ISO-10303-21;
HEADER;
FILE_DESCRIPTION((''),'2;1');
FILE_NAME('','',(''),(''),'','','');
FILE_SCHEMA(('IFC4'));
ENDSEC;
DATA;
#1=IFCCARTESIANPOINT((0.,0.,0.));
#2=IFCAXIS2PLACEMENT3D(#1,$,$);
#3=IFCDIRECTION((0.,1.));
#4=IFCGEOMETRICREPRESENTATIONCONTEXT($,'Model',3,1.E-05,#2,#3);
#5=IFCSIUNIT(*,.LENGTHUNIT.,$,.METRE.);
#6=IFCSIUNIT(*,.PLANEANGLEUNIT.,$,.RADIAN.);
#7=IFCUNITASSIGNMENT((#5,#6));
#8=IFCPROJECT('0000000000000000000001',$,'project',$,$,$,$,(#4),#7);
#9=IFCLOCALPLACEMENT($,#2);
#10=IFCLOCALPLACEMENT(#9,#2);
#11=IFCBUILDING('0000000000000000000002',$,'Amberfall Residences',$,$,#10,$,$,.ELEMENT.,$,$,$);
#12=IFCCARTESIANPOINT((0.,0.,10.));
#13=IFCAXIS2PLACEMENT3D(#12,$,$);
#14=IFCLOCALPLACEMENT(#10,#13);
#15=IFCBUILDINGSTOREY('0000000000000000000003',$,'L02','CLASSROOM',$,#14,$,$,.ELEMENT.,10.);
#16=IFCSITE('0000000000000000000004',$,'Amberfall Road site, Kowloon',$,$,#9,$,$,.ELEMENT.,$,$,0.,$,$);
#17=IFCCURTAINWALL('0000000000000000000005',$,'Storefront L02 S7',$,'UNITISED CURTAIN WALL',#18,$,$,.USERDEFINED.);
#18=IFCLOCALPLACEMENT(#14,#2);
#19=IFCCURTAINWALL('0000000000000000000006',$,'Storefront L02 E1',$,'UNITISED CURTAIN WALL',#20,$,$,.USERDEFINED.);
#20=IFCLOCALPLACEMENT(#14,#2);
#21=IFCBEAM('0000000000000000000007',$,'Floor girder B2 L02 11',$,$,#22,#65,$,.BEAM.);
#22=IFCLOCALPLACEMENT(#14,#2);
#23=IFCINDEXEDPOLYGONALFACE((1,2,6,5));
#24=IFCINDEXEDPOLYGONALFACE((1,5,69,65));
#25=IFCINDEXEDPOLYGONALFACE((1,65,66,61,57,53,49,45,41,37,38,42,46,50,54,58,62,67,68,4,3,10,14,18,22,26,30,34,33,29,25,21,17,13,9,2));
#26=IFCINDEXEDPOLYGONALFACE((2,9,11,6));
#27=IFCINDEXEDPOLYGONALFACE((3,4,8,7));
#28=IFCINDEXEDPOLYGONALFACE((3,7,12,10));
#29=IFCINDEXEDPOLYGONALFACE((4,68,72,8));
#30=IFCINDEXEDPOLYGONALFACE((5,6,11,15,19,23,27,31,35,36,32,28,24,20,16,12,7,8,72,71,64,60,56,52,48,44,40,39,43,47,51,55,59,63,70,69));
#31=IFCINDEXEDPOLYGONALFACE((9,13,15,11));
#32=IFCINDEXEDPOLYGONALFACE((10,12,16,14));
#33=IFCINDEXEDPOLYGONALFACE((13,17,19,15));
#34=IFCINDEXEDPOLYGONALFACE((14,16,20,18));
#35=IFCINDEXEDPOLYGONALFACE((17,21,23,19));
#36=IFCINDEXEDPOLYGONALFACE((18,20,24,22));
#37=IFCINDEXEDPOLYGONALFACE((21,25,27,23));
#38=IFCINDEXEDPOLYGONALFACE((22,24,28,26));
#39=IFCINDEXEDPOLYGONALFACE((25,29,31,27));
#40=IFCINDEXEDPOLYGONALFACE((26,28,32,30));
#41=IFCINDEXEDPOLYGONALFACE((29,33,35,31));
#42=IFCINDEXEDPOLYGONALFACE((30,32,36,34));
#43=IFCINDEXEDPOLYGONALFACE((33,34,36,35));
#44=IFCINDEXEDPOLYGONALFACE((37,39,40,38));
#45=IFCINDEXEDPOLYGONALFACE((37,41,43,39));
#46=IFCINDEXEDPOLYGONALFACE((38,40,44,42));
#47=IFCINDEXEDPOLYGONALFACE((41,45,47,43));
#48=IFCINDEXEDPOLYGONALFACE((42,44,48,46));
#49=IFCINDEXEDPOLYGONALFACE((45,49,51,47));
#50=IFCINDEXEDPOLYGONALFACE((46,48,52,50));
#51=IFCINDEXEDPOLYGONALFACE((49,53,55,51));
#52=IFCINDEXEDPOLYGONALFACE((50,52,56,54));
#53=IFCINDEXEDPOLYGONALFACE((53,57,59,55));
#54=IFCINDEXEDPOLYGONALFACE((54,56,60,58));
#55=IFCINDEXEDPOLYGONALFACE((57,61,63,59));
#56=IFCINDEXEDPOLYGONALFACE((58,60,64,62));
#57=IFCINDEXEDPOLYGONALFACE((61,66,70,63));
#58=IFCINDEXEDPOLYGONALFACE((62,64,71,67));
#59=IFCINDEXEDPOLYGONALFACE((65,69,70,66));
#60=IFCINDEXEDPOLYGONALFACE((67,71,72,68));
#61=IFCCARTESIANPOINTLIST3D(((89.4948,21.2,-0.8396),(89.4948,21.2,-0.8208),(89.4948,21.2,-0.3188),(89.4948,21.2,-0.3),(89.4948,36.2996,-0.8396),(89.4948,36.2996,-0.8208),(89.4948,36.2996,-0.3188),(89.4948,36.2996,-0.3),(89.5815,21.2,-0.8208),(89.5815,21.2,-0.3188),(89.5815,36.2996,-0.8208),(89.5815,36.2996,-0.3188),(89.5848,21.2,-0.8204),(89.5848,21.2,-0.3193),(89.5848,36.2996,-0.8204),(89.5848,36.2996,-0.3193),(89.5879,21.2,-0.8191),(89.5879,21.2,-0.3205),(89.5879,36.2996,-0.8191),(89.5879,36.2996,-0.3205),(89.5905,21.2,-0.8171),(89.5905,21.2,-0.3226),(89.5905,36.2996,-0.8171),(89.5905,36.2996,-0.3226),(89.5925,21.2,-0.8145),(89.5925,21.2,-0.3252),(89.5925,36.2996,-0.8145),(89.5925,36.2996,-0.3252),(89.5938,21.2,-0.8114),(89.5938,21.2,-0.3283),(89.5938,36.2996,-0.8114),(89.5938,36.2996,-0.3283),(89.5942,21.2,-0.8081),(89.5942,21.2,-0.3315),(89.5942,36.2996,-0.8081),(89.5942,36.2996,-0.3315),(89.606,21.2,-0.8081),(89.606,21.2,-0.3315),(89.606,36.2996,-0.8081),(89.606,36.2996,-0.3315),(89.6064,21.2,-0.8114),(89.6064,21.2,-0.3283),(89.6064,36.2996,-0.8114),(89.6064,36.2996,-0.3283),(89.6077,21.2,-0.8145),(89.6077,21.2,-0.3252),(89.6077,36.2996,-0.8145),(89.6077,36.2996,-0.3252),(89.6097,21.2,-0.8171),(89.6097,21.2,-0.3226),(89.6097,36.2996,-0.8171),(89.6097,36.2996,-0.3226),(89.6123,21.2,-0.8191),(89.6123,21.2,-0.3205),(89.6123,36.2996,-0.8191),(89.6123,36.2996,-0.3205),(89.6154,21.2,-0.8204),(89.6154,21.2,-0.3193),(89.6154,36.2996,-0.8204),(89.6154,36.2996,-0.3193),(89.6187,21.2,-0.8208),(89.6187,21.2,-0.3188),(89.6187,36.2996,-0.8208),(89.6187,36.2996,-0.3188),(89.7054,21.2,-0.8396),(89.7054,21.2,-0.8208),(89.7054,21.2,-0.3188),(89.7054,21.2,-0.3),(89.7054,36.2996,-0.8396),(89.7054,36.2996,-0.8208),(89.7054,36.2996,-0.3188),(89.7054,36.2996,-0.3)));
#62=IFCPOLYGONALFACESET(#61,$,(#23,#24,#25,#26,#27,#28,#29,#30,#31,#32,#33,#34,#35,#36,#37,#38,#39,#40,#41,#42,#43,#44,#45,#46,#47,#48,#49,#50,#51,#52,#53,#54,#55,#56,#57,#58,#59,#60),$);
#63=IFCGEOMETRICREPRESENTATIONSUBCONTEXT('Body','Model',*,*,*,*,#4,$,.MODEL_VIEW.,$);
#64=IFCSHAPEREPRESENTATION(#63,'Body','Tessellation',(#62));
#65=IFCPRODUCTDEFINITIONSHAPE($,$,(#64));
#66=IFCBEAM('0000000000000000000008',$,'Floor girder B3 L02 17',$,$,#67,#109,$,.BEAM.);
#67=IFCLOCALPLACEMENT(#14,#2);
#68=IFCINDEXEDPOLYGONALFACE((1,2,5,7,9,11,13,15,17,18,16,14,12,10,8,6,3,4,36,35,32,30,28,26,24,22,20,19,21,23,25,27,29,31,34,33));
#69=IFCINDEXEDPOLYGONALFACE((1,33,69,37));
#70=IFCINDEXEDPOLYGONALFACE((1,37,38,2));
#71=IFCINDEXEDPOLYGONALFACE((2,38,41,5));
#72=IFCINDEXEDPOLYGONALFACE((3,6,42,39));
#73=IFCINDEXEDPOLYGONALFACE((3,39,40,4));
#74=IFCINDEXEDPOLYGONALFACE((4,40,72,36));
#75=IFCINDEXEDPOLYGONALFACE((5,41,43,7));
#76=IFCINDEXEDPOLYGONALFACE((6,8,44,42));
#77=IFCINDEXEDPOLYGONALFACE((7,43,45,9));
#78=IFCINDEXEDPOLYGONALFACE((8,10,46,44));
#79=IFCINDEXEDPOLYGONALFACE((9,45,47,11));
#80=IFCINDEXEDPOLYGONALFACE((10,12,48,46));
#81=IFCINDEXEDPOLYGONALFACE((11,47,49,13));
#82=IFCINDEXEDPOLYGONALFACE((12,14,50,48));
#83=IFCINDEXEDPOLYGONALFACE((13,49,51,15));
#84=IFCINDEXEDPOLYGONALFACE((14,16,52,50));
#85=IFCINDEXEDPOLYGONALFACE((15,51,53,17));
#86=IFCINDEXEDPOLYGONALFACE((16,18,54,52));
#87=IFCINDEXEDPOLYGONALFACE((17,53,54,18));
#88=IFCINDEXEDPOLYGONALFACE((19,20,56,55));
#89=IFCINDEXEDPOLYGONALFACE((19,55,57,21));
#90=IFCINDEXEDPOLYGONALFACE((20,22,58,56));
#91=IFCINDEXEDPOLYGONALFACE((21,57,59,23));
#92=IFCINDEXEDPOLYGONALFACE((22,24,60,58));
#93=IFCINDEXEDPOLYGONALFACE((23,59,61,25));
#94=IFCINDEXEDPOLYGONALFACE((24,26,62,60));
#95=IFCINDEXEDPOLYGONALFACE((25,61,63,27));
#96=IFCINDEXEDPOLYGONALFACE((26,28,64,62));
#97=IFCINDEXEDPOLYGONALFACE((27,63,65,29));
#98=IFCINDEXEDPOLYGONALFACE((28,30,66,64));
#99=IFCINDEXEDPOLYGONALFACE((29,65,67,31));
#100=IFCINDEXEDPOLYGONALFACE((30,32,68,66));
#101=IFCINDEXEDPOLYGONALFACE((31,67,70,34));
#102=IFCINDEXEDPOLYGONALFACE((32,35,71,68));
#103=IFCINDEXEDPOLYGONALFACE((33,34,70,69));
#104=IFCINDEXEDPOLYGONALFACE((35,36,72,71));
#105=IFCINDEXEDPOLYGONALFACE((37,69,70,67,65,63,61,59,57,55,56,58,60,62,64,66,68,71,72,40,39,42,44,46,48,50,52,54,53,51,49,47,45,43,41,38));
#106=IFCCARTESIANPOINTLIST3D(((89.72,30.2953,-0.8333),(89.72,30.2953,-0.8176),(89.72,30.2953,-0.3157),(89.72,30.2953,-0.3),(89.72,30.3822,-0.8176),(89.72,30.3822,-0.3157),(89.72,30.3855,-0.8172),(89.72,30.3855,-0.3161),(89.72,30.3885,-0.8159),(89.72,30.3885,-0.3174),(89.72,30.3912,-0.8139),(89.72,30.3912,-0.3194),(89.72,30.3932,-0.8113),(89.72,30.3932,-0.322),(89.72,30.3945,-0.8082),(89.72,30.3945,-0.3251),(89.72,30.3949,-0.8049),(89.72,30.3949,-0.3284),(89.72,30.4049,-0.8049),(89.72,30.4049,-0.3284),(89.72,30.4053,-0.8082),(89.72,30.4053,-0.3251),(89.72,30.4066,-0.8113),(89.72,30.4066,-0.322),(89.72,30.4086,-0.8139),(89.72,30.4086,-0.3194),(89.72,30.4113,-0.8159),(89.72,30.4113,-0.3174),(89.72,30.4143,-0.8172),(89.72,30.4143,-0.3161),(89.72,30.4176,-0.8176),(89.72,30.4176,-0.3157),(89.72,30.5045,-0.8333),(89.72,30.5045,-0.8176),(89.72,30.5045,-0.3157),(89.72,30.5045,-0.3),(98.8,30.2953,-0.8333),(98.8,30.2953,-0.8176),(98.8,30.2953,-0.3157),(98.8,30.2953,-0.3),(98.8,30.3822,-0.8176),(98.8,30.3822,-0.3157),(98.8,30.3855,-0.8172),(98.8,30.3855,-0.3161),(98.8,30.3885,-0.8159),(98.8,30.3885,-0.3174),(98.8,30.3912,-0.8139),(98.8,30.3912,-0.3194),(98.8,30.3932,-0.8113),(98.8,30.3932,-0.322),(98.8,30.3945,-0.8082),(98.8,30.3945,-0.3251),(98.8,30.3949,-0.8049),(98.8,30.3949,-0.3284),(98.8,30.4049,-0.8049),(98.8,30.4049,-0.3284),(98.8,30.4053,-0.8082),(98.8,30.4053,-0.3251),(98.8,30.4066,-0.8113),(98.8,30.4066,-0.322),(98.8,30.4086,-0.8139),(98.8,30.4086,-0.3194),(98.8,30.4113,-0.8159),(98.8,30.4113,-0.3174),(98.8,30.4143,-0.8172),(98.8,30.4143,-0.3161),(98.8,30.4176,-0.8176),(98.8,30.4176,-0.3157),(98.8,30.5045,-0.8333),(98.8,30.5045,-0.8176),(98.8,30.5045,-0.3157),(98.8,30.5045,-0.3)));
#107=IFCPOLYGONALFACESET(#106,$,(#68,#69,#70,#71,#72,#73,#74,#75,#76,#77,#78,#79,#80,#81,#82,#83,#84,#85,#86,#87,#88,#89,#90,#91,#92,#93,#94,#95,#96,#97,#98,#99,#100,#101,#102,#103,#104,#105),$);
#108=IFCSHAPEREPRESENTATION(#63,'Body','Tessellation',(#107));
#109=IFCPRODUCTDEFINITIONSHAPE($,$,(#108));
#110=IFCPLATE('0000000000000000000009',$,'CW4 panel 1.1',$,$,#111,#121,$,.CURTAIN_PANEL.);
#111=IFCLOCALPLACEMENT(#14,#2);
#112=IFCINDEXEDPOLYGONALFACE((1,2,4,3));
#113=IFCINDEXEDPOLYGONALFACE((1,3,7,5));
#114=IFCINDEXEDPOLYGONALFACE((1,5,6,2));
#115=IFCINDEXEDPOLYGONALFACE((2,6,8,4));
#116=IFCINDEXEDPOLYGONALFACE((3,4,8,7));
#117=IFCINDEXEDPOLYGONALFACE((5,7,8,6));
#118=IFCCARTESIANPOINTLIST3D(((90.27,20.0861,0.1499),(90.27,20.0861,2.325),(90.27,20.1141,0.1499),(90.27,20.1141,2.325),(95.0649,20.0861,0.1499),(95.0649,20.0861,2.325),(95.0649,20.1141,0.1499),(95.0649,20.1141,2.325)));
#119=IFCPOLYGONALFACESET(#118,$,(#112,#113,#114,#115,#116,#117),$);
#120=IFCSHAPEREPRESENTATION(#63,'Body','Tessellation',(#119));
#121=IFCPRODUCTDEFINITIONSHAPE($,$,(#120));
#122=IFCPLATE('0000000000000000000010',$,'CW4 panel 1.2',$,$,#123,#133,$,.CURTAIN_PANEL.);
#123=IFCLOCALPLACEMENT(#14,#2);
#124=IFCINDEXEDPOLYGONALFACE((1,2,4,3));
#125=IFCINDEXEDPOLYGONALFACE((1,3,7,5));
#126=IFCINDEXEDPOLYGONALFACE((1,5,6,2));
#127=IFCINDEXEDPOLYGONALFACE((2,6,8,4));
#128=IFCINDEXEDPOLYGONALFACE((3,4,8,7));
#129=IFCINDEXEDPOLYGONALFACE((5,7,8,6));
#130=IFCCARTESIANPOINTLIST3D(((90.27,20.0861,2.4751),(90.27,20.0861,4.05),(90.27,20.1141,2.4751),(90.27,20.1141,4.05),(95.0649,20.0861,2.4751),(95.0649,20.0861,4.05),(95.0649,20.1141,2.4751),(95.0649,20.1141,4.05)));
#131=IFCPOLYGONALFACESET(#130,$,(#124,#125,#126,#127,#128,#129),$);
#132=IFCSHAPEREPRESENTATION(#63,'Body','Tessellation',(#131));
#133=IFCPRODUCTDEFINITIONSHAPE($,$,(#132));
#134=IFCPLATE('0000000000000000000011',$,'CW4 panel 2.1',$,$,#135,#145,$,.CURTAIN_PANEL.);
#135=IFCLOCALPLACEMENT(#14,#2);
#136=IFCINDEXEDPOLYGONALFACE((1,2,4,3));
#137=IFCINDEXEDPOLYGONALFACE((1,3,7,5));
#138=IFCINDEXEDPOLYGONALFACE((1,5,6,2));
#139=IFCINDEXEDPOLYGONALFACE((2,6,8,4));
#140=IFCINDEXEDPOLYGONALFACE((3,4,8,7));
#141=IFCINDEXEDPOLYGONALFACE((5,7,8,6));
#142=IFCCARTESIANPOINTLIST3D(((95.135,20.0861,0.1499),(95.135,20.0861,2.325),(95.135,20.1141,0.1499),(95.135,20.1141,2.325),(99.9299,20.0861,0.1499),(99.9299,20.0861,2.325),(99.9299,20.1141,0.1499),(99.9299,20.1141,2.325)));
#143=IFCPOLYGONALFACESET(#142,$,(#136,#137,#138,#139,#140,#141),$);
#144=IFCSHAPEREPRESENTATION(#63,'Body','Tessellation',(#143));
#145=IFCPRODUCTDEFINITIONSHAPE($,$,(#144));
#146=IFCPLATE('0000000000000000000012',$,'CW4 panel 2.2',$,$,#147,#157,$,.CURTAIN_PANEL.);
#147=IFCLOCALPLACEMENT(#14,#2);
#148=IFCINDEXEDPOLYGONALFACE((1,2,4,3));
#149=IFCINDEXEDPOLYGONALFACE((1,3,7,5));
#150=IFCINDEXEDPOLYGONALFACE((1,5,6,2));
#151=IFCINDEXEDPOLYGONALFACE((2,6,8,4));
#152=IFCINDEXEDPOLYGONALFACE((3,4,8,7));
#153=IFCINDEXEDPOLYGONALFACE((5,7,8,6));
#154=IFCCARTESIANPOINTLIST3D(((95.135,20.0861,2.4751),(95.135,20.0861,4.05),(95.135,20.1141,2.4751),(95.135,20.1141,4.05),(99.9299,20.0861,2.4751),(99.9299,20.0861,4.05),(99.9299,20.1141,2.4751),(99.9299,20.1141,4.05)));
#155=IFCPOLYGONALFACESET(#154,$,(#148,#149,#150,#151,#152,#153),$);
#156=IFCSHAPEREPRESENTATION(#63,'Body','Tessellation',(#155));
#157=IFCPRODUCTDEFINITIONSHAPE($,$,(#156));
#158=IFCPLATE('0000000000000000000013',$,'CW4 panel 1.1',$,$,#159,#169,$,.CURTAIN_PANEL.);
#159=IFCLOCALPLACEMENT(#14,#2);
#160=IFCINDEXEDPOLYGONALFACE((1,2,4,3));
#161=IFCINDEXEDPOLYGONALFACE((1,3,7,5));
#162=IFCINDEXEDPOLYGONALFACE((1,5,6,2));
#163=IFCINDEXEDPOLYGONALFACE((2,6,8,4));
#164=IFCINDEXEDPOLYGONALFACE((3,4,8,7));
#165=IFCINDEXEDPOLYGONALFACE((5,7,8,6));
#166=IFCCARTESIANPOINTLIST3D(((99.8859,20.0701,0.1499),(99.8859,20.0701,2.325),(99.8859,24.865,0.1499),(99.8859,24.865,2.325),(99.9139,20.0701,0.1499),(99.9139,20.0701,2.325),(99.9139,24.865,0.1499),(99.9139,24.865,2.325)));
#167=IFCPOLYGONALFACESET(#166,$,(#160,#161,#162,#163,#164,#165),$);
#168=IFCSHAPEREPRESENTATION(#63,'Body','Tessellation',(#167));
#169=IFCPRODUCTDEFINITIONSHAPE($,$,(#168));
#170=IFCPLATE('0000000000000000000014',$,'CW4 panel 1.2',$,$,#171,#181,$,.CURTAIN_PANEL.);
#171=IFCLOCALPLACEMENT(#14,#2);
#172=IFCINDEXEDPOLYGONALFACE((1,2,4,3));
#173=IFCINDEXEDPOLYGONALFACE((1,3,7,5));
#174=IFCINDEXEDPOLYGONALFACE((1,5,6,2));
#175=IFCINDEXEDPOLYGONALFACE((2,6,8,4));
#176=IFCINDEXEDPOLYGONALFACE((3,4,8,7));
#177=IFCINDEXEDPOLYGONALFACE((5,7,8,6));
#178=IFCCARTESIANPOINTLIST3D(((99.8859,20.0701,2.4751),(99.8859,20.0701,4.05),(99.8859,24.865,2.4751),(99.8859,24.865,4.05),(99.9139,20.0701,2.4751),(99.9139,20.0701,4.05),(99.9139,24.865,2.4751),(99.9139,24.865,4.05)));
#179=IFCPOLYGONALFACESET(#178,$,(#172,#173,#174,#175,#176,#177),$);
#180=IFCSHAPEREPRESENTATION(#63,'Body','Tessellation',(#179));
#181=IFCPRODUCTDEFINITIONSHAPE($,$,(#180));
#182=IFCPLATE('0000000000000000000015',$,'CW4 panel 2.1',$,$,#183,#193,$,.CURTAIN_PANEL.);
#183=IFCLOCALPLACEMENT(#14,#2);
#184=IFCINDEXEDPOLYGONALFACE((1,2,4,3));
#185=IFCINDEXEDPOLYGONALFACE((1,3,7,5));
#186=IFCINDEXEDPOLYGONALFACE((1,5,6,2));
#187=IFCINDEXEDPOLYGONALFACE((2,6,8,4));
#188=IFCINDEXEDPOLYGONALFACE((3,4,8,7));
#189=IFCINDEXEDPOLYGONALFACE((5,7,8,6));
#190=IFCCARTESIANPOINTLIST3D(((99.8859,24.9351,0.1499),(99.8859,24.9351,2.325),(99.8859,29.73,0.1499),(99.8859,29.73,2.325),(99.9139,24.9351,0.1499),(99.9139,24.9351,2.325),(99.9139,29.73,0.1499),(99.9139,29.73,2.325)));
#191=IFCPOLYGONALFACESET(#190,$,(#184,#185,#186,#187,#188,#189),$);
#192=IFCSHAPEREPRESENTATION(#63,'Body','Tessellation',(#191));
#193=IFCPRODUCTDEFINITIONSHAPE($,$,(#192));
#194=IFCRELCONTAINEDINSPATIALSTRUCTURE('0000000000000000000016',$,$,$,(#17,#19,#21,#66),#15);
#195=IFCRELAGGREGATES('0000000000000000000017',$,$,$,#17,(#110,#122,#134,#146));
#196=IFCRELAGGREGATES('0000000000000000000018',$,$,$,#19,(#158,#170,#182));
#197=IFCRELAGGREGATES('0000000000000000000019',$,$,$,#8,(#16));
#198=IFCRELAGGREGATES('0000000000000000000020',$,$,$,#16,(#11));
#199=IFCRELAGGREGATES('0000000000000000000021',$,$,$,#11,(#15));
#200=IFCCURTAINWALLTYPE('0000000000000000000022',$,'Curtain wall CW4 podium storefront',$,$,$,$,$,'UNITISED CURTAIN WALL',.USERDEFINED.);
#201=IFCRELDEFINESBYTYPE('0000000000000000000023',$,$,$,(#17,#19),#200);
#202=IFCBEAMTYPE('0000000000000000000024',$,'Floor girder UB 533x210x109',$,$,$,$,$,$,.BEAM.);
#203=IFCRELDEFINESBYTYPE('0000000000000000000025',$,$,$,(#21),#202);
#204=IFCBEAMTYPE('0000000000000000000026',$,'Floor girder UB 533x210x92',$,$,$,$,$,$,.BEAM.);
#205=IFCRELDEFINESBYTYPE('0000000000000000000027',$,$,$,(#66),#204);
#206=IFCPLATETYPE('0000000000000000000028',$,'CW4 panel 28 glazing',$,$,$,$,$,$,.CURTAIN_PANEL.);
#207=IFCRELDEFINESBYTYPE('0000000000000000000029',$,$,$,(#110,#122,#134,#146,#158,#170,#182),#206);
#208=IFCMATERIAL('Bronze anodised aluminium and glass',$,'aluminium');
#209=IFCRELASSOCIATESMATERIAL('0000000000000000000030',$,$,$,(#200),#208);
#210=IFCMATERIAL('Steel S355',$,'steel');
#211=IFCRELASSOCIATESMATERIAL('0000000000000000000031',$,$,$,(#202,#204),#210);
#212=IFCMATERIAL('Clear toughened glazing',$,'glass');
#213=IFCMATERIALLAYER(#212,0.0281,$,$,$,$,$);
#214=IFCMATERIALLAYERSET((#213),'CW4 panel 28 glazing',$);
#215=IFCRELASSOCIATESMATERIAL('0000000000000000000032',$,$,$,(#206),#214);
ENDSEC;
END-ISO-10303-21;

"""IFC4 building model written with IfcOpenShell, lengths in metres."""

from ifc_helpers import new_model, si_unit, direction, frame, origin, origin_2d, place, context, subcontext, project, spatial, rectangle, i_section, extrude, material, layer, layer_set, material_profile, profile_set, type_object, element, aggregate, save


model = new_model("IFC4")

# Units and contexts
model_context = context("Model", 3, precision=1e-05, world=origin(), true_north=direction((0.0, 1.0)))
body_context = subcontext(model_context, "Body", "Model", "MODEL_VIEW")
ifc_project = project(units=[si_unit("LENGTHUNIT", "METRE"), si_unit("PLANEANGLEUNIT", "RADIAN")], contexts=[model_context])

# Site, building, storey
site_placement = place(None, origin())
site = spatial("IfcSite", under=ifc_project, at=site_placement, Name="Amberfall Road site, Kowloon", CompositionType="ELEMENT", RefElevation=0.0)
building_placement = place(site_placement, origin())
building = spatial("IfcBuilding", under=site, at=building_placement, Name="Amberfall Residences", CompositionType="ELEMENT")
storey_placement = place(building_placement, frame((0.0, 0.0, 10.0)))
storey = spatial("IfcBuildingStorey", under=building, at=storey_placement, Name="L02", Description="CLASSROOM", CompositionType="ELEMENT", Elevation=10.0)

# Curtain walls
ifc_material_1 = material(Name="Bronze anodised aluminium and glass", Category="aluminium")
curtain_wall_type = type_object("IfcCurtainWallType", Name="Curtain wall CW4 podium storefront", ElementType="UNITISED CURTAIN WALL", PredefinedType="USERDEFINED", material=ifc_material_1)
curtain_wall_1_placement = place(storey_placement, origin())
curtain_wall_1 = element("IfcCurtainWall", 1, at=curtain_wall_1_placement, inside=storey, type_object=curtain_wall_type, Name="Storefront L02 S7", ObjectType="UNITISED CURTAIN WALL", PredefinedType="USERDEFINED")
curtain_wall_2_placement = place(storey_placement, origin())
curtain_wall_2 = element("IfcCurtainWall", 2, at=curtain_wall_2_placement, inside=storey, type_object=curtain_wall_type, Name="Storefront L02 E1", ObjectType="UNITISED CURTAIN WALL", PredefinedType="USERDEFINED")

# Beams
ifc_material_2 = material(Name="Steel S355", Category="steel")
ifc_material_profile_1 = material_profile(ifc_material_2, i_section(OverallWidth=0.2107, OverallDepth=0.5396, WebThickness=0.0117, FlangeThickness=0.0188, FilletRadius=0.0127, at=origin_2d()), Name="UB 533x210x109")
ifc_profile_set_1 = profile_set([ifc_material_profile_1], Name="Steel S355")
beam_type_1 = type_object("IfcBeamType", Name="Floor girder UB 533x210x109", PredefinedType="BEAM", material=ifc_profile_set_1)
beam_1_placement = place(storey_placement, frame((89.6001, 21.2, -0.5698), z_axis=(0.0, 1.0, 0.0), x_axis=(-1.0, 0.0, 0.0)))
element("IfcBeam", 3, at=beam_1_placement, inside=storey, type_object=beam_type_1, Name="Floor girder B2 L02 11", PredefinedType="BEAM", context=body_context, shape_type="SweptSolid", body=[
    extrude(i_section(OverallWidth=0.2107, OverallDepth=0.5396, WebThickness=0.0117, FlangeThickness=0.0188, FilletRadius=0.0127, at=origin_2d()), origin(), (0.0, 0.0, 1.0), 15.0996),
])
ifc_material_profile_2 = material_profile(ifc_material_2, i_section(OverallWidth=0.2092, OverallDepth=0.5332, WebThickness=0.01, FlangeThickness=0.0156, FilletRadius=0.0127, at=origin_2d()), Name="UB 533x210x92")
ifc_profile_set_2 = profile_set([ifc_material_profile_2], Name="Steel S355")
beam_type_2 = type_object("IfcBeamType", Name="Floor girder UB 533x210x92", PredefinedType="BEAM", material=ifc_profile_set_2)
beam_2_placement = place(storey_placement, frame((98.8, 30.3999, -0.5667), z_axis=(-1.0, 0.0, 0.0), x_axis=(0.0, -1.0, 0.0)))
element("IfcBeam", 4, at=beam_2_placement, inside=storey, type_object=beam_type_2, Name="Floor girder B3 L02 17", PredefinedType="BEAM", context=body_context, shape_type="SweptSolid", body=[
    extrude(i_section(OverallWidth=0.2092, OverallDepth=0.5332, WebThickness=0.01, FlangeThickness=0.0156, FilletRadius=0.0127, at=origin_2d()), origin(), (0.0, 0.0, 1.0), 9.0801),
])

# Plates
ifc_material_3 = material(Name="Clear toughened glazing", Category="glass")
ifc_layer_1 = layer(ifc_material_3, 0.0281)
ifc_layer_set_1 = layer_set([ifc_layer_1], Name="CW4 panel 28 glazing")
plate_type = type_object("IfcPlateType", Name="CW4 panel 28 glazing", PredefinedType="CURTAIN_PANEL", material=ifc_layer_set_1)
plate_1_placement = place(storey_placement, frame((92.6675, 20.1001, 0.1499), z_axis=(0.0, 0.0, 1.0), x_axis=(1.0, 0.0, 0.0)))
plate_1 = element("IfcPlate", 5, at=plate_1_placement, type_object=plate_type, Name="CW4 panel 1.1", PredefinedType="CURTAIN_PANEL", context=body_context, shape_type="SweptSolid", body=[
    extrude(rectangle(XDim=4.7949, YDim=0.0281, at=origin_2d()), origin(), (0.0, 0.0, 1.0), 2.175),
])
plate_2_placement = place(storey_placement, frame((92.6675, 20.1001, 2.4751), z_axis=(0.0, 0.0, 1.0), x_axis=(1.0, 0.0, 0.0)))
plate_2 = element("IfcPlate", 6, at=plate_2_placement, type_object=plate_type, Name="CW4 panel 1.2", PredefinedType="CURTAIN_PANEL", context=body_context, shape_type="SweptSolid", body=[
    extrude(rectangle(XDim=4.7949, YDim=0.0281, at=origin_2d()), origin(), (0.0, 0.0, 1.0), 1.575),
])
plate_3_placement = place(storey_placement, frame((97.5325, 20.1001, 0.1499), z_axis=(0.0, 0.0, 1.0), x_axis=(1.0, 0.0, 0.0)))
plate_3 = element("IfcPlate", 7, at=plate_3_placement, type_object=plate_type, Name="CW4 panel 2.1", PredefinedType="CURTAIN_PANEL", context=body_context, shape_type="SweptSolid", body=[
    extrude(rectangle(XDim=4.7949, YDim=0.0281, at=origin_2d()), origin(), (0.0, 0.0, 1.0), 2.175),
])
plate_4_placement = place(storey_placement, frame((97.5325, 20.1001, 2.4751), z_axis=(0.0, 0.0, 1.0), x_axis=(1.0, 0.0, 0.0)))
plate_4 = element("IfcPlate", 8, at=plate_4_placement, type_object=plate_type, Name="CW4 panel 2.2", PredefinedType="CURTAIN_PANEL", context=body_context, shape_type="SweptSolid", body=[
    extrude(rectangle(XDim=4.7949, YDim=0.0281, at=origin_2d()), origin(), (0.0, 0.0, 1.0), 1.575),
])
aggregate(curtain_wall_1, [plate_1, plate_2, plate_3, plate_4])
plate_5_placement = place(storey_placement, frame((99.8999, 22.4675, 0.1499), z_axis=(0.0, 0.0, 1.0), x_axis=(0.0, 1.0, 0.0)))
plate_5 = element("IfcPlate", 9, at=plate_5_placement, type_object=plate_type, Name="CW4 panel 1.1", PredefinedType="CURTAIN_PANEL", context=body_context, shape_type="SweptSolid", body=[
    extrude(rectangle(XDim=4.7949, YDim=0.0281, at=origin_2d()), origin(), (0.0, 0.0, 1.0), 2.175),
])
plate_6_placement = place(storey_placement, frame((99.8999, 22.4675, 2.4751), z_axis=(0.0, 0.0, 1.0), x_axis=(0.0, 1.0, 0.0)))
plate_6 = element("IfcPlate", 10, at=plate_6_placement, type_object=plate_type, Name="CW4 panel 1.2", PredefinedType="CURTAIN_PANEL", context=body_context, shape_type="SweptSolid", body=[
    extrude(rectangle(XDim=4.7949, YDim=0.0281, at=origin_2d()), origin(), (0.0, 0.0, 1.0), 1.575),
])
plate_7_placement = place(storey_placement, frame((99.8999, 27.3325, 0.1499), z_axis=(0.0, 0.0, 1.0), x_axis=(0.0, 1.0, 0.0)))
plate_7 = element("IfcPlate", 11, at=plate_7_placement, type_object=plate_type, Name="CW4 panel 2.1", PredefinedType="CURTAIN_PANEL", context=body_context, shape_type="SweptSolid", body=[
    extrude(rectangle(XDim=4.7949, YDim=0.0281, at=origin_2d()), origin(), (0.0, 0.0, 1.0), 2.175),
])
aggregate(curtain_wall_2, [plate_5, plate_6, plate_7])

save(model, "model.ifc")
